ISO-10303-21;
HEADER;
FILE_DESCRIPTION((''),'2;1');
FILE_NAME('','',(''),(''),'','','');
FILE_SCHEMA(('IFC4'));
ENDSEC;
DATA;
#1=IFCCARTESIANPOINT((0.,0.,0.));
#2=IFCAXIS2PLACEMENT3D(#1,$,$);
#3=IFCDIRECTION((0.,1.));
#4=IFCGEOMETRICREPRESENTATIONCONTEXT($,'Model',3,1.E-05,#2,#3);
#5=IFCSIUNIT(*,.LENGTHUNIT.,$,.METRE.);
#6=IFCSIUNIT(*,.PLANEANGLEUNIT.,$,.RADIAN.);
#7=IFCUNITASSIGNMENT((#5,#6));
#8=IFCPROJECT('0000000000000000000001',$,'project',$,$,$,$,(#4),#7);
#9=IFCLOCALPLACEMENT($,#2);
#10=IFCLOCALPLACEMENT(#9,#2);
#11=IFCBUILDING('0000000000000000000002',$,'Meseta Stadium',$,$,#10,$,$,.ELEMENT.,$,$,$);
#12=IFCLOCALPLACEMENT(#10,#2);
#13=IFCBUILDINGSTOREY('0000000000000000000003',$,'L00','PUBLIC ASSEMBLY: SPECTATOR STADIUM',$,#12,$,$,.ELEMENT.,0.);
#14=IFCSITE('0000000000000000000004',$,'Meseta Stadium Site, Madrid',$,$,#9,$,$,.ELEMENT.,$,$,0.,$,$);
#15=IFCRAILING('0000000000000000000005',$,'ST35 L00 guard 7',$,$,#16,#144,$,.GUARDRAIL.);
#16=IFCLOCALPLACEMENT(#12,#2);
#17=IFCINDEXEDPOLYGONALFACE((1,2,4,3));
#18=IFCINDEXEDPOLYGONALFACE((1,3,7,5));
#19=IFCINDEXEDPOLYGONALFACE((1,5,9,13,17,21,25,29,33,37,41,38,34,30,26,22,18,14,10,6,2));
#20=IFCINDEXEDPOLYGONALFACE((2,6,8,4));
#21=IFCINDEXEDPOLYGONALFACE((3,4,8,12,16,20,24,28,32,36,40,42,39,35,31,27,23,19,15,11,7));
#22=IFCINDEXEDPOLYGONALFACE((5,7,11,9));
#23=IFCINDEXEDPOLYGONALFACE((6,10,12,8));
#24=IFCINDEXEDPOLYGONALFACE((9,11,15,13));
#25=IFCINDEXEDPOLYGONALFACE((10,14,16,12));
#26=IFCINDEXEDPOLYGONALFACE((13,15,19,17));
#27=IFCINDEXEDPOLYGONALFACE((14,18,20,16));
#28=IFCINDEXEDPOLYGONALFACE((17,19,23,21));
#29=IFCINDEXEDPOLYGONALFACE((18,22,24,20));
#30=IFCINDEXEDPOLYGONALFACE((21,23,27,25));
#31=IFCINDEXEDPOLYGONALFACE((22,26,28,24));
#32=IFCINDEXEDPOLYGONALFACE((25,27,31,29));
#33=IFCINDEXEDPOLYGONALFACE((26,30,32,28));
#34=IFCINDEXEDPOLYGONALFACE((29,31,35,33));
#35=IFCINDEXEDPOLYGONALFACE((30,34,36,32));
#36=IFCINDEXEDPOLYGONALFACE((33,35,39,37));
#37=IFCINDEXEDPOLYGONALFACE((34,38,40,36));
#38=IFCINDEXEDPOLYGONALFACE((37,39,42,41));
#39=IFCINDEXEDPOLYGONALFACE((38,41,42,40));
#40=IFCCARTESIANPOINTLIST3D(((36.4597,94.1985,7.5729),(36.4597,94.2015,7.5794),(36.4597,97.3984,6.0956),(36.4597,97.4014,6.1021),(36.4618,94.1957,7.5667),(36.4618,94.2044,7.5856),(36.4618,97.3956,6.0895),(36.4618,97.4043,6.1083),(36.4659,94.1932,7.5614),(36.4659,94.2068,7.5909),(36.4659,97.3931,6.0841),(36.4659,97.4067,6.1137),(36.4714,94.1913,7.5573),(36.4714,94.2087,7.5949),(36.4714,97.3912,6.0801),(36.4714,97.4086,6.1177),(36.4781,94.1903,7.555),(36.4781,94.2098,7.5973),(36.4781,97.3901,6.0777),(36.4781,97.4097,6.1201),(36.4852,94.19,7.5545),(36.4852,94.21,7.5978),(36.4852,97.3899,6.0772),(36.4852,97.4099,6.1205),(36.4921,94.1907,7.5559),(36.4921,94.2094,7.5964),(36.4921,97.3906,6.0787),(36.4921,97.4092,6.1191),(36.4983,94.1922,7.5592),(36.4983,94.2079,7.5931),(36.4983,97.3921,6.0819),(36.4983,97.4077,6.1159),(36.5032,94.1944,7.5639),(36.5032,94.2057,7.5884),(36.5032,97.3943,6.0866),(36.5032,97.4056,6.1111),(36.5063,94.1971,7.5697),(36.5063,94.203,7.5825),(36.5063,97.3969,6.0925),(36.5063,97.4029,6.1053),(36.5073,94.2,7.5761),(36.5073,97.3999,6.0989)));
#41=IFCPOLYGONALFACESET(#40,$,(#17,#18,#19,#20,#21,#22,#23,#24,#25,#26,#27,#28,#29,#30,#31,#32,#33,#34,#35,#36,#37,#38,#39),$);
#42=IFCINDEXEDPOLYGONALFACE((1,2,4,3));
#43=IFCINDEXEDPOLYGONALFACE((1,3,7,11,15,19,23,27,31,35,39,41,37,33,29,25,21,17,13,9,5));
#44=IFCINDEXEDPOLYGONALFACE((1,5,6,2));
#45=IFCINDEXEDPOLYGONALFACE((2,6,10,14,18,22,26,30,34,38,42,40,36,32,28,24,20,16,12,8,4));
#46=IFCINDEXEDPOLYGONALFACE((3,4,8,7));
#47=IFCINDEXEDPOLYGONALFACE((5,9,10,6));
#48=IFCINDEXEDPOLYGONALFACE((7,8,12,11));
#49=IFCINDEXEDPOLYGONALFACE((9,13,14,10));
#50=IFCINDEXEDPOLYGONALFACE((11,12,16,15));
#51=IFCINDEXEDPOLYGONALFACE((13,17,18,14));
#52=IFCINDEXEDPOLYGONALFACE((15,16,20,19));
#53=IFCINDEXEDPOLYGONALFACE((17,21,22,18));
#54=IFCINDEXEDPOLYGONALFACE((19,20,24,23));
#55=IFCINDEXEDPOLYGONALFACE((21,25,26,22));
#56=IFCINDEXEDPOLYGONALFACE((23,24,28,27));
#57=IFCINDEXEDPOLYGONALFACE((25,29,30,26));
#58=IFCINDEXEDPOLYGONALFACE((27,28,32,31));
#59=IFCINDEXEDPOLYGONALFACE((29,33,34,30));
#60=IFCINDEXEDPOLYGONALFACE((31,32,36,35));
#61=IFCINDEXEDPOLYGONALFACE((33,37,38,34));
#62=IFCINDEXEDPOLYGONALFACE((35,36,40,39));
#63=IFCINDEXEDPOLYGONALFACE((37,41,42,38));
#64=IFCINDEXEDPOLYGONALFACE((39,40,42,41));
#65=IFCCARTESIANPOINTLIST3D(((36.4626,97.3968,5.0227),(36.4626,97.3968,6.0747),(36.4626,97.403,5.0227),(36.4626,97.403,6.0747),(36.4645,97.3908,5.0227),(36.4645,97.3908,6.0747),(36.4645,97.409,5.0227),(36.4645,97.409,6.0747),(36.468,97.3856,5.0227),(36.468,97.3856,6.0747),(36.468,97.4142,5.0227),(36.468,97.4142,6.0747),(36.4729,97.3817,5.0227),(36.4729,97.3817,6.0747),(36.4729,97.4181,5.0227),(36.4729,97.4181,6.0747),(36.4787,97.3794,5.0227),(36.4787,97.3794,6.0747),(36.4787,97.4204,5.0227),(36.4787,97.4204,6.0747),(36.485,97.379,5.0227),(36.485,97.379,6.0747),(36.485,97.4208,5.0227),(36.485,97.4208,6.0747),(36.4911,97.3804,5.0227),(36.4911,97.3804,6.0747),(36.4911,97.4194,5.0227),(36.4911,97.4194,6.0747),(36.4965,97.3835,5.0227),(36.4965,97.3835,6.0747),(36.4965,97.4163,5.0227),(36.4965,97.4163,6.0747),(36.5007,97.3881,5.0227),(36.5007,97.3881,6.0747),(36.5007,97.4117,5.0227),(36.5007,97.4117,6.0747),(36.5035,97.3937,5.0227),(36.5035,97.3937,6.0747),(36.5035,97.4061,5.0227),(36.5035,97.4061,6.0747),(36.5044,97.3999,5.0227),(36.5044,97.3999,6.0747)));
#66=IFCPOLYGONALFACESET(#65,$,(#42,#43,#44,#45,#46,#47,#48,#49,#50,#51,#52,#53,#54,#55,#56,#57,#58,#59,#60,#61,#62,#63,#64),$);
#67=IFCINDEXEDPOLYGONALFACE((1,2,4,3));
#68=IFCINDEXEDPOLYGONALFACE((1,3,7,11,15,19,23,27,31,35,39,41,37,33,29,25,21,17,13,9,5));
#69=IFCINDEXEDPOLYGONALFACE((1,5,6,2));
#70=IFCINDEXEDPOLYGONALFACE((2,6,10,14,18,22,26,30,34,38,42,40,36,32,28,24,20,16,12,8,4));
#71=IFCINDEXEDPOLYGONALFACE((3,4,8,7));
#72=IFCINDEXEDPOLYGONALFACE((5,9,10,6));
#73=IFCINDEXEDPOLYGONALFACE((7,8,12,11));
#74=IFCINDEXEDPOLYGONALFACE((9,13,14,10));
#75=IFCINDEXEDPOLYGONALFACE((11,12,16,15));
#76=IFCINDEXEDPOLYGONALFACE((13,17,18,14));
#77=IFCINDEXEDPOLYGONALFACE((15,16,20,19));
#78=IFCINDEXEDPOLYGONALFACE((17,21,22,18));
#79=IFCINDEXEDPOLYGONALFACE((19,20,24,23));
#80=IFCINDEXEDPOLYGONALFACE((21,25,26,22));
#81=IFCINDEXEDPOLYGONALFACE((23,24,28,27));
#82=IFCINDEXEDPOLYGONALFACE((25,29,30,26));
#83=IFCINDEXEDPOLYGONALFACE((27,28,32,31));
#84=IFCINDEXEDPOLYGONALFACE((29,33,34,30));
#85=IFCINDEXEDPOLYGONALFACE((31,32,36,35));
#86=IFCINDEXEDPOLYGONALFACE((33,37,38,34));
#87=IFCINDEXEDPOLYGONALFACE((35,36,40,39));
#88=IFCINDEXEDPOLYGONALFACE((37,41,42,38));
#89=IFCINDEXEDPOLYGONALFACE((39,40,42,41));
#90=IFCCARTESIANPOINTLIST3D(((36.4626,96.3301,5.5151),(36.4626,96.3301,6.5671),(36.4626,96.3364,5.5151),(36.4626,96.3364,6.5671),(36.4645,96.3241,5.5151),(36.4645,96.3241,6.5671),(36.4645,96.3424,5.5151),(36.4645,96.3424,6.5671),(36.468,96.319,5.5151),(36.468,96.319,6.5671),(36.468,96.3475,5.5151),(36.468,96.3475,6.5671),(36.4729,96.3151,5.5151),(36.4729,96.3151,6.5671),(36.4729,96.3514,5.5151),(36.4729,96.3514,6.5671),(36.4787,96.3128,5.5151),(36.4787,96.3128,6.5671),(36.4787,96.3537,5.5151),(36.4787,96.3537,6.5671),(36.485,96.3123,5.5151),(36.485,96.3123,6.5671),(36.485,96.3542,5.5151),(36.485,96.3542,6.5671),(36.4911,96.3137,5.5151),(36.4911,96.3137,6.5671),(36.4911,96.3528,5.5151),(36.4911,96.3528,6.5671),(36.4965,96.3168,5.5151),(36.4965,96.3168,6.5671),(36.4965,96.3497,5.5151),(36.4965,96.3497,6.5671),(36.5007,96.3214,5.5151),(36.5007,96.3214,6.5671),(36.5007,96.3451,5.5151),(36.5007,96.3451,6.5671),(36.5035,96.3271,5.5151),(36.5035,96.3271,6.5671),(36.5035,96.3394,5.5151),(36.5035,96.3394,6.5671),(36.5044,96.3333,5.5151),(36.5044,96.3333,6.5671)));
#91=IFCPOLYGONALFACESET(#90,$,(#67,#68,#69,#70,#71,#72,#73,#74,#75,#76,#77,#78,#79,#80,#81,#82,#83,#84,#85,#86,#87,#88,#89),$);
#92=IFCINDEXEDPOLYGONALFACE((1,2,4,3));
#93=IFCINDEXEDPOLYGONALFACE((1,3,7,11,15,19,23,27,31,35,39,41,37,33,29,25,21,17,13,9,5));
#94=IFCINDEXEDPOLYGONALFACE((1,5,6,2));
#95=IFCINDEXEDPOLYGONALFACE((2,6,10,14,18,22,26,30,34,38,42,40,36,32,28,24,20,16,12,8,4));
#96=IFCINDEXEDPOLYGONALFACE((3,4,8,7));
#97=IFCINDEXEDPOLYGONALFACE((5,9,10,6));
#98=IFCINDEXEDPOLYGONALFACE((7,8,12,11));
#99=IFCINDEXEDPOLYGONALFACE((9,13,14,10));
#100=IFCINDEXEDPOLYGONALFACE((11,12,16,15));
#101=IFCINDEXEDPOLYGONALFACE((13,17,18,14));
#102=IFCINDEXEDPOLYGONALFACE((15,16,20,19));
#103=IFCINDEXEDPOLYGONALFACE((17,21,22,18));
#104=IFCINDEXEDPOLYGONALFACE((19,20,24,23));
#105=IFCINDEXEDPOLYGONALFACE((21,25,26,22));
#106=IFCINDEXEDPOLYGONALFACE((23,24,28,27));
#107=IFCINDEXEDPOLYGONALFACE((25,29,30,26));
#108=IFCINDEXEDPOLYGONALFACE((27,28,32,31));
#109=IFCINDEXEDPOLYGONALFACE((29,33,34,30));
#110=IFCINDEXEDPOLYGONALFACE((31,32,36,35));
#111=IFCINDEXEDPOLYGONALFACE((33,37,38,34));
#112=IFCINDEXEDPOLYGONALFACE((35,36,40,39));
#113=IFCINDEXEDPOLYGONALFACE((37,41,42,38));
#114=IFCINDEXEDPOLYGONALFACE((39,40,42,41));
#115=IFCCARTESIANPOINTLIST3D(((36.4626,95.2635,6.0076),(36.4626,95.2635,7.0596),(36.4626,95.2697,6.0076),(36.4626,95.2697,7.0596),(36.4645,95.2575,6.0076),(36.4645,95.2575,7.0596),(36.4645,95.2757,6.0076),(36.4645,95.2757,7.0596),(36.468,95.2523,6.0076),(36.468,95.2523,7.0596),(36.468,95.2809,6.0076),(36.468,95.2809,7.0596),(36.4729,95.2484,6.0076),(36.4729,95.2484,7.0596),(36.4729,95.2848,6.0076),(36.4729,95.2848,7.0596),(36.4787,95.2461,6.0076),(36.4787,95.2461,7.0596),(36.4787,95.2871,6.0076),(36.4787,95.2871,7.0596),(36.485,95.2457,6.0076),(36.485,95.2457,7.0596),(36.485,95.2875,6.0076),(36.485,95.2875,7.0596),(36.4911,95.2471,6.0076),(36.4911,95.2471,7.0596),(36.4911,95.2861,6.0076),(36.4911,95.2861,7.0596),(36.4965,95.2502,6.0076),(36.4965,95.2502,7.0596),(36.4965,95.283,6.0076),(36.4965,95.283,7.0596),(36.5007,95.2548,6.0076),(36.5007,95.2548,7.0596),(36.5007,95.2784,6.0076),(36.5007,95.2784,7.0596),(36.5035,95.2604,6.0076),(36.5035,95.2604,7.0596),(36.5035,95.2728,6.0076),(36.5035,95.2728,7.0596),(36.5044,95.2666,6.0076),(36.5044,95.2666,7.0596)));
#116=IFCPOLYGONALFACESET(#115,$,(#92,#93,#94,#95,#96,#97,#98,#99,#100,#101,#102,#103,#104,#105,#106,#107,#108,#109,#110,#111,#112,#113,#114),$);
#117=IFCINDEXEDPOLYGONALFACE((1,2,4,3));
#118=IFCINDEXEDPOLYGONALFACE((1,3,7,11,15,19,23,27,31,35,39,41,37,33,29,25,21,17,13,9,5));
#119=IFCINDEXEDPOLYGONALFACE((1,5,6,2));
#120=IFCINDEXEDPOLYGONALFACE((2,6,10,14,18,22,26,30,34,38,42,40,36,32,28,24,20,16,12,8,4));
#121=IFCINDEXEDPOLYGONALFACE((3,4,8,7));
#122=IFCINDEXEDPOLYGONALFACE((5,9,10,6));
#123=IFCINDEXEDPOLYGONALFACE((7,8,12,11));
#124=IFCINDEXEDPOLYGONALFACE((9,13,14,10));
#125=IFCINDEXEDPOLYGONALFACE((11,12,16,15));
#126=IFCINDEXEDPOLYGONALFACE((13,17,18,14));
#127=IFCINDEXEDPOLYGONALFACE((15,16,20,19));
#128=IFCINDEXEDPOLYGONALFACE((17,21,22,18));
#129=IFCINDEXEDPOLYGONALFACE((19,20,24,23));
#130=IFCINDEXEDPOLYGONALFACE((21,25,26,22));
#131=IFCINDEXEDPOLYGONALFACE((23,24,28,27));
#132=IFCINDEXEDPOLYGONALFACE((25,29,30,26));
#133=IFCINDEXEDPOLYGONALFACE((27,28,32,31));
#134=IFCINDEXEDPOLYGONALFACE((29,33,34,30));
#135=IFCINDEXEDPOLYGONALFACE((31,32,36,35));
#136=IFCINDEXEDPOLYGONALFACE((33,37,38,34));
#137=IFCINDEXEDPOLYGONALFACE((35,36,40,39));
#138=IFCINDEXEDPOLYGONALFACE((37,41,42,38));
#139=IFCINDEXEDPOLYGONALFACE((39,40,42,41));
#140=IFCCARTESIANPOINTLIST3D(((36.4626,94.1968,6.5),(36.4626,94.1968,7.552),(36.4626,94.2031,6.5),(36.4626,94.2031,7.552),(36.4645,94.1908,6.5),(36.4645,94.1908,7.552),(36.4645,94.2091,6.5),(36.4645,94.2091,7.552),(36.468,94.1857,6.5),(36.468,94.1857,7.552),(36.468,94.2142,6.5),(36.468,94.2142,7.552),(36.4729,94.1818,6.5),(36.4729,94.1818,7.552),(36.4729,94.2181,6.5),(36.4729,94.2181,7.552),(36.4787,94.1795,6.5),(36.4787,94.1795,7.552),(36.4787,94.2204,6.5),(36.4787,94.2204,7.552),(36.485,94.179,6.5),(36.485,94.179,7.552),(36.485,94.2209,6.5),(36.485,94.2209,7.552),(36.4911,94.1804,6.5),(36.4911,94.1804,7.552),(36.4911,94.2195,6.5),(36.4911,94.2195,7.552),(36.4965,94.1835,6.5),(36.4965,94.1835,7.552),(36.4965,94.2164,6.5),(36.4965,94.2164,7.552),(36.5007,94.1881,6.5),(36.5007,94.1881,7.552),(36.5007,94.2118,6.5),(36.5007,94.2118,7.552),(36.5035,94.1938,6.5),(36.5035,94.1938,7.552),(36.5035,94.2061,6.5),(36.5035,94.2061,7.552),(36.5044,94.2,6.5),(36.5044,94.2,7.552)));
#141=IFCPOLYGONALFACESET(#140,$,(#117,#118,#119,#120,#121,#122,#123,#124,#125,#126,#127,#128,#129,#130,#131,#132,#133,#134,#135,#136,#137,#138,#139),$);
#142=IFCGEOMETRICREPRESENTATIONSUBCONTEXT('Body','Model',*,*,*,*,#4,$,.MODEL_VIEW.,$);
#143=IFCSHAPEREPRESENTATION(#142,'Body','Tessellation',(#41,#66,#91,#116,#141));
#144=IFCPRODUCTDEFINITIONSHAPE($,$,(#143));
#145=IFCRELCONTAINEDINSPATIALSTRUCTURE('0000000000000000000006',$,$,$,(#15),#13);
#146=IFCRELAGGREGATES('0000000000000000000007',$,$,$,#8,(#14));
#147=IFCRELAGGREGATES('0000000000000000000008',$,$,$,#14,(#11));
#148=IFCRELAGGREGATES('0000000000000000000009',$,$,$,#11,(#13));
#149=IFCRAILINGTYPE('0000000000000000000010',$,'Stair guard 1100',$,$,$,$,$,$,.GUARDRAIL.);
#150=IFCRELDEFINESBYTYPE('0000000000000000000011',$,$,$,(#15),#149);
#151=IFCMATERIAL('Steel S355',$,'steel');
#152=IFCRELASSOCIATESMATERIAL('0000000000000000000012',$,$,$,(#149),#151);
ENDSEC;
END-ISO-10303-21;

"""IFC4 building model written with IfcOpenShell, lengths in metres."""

from ifc_helpers import new_model, si_unit, direction, frame, origin, origin_2d, place, context, subcontext, project, spatial, circle, extrude, material, type_object, element, save


model = new_model("IFC4")

# Units and contexts
model_context = context("Model", 3, precision=1e-05, world=origin(), true_north=direction((0.0, 1.0)))
body_context = subcontext(model_context, "Body", "Model", "MODEL_VIEW")
ifc_project = project(units=[si_unit("LENGTHUNIT", "METRE"), si_unit("PLANEANGLEUNIT", "RADIAN")], contexts=[model_context])

# Site, building, storey
site_placement = place(None, origin())
site = spatial("IfcSite", under=ifc_project, at=site_placement, Name="Meseta Stadium Site, Madrid", CompositionType="ELEMENT", RefElevation=0.0)
building_placement = place(site_placement, origin())
building = spatial("IfcBuilding", under=site, at=building_placement, Name="Meseta Stadium", CompositionType="ELEMENT")
storey_placement = place(building_placement, origin())
storey = spatial("IfcBuildingStorey", under=building, at=storey_placement, Name="L00", Description="PUBLIC ASSEMBLY: SPECTATOR STADIUM", CompositionType="ELEMENT", Elevation=0.0)

# Railing
ifc_material_1 = material(Name="Steel S355", Category="steel")
railing_type_1 = type_object("IfcRailingType", Name="Stair guard 1100", PredefinedType="GUARDRAIL", material=ifc_material_1)
railing_1_placement = place(storey_placement, frame((36.4834, 97.3999, 5.0227)))
element("IfcRailing", 1, at=railing_1_placement, inside=storey, type_object=railing_type_1, Name="ST35 L00 guard 7", PredefinedType="GUARDRAIL", context=body_context, shape_type="SweptSolid", body=[
    extrude(circle(Radius=0.0239, at=origin_2d()), frame((0.0, 0.0, 1.0762), z_axis=(0.0, -0.907917, 0.41915), x_axis=(1.0, 0.0, 0.0)), (0.0, 0.0, 1.0), 3.5244),
    extrude(circle(Radius=0.021, at=origin_2d()), origin(), (0.0, 0.0, 1.0), 1.052),
    extrude(circle(Radius=0.021, at=origin_2d()), frame((0.0, -1.0667, 0.4924)), (0.0, 0.0, 1.0), 1.052),
    extrude(circle(Radius=0.021, at=origin_2d()), frame((0.0, -2.1333, 0.9849)), (0.0, 0.0, 1.0), 1.052),
    extrude(circle(Radius=0.021, at=origin_2d()), frame((0.0, -3.2, 1.4773)), (0.0, 0.0, 1.0), 1.052),
])

save(model, "model.ifc")
